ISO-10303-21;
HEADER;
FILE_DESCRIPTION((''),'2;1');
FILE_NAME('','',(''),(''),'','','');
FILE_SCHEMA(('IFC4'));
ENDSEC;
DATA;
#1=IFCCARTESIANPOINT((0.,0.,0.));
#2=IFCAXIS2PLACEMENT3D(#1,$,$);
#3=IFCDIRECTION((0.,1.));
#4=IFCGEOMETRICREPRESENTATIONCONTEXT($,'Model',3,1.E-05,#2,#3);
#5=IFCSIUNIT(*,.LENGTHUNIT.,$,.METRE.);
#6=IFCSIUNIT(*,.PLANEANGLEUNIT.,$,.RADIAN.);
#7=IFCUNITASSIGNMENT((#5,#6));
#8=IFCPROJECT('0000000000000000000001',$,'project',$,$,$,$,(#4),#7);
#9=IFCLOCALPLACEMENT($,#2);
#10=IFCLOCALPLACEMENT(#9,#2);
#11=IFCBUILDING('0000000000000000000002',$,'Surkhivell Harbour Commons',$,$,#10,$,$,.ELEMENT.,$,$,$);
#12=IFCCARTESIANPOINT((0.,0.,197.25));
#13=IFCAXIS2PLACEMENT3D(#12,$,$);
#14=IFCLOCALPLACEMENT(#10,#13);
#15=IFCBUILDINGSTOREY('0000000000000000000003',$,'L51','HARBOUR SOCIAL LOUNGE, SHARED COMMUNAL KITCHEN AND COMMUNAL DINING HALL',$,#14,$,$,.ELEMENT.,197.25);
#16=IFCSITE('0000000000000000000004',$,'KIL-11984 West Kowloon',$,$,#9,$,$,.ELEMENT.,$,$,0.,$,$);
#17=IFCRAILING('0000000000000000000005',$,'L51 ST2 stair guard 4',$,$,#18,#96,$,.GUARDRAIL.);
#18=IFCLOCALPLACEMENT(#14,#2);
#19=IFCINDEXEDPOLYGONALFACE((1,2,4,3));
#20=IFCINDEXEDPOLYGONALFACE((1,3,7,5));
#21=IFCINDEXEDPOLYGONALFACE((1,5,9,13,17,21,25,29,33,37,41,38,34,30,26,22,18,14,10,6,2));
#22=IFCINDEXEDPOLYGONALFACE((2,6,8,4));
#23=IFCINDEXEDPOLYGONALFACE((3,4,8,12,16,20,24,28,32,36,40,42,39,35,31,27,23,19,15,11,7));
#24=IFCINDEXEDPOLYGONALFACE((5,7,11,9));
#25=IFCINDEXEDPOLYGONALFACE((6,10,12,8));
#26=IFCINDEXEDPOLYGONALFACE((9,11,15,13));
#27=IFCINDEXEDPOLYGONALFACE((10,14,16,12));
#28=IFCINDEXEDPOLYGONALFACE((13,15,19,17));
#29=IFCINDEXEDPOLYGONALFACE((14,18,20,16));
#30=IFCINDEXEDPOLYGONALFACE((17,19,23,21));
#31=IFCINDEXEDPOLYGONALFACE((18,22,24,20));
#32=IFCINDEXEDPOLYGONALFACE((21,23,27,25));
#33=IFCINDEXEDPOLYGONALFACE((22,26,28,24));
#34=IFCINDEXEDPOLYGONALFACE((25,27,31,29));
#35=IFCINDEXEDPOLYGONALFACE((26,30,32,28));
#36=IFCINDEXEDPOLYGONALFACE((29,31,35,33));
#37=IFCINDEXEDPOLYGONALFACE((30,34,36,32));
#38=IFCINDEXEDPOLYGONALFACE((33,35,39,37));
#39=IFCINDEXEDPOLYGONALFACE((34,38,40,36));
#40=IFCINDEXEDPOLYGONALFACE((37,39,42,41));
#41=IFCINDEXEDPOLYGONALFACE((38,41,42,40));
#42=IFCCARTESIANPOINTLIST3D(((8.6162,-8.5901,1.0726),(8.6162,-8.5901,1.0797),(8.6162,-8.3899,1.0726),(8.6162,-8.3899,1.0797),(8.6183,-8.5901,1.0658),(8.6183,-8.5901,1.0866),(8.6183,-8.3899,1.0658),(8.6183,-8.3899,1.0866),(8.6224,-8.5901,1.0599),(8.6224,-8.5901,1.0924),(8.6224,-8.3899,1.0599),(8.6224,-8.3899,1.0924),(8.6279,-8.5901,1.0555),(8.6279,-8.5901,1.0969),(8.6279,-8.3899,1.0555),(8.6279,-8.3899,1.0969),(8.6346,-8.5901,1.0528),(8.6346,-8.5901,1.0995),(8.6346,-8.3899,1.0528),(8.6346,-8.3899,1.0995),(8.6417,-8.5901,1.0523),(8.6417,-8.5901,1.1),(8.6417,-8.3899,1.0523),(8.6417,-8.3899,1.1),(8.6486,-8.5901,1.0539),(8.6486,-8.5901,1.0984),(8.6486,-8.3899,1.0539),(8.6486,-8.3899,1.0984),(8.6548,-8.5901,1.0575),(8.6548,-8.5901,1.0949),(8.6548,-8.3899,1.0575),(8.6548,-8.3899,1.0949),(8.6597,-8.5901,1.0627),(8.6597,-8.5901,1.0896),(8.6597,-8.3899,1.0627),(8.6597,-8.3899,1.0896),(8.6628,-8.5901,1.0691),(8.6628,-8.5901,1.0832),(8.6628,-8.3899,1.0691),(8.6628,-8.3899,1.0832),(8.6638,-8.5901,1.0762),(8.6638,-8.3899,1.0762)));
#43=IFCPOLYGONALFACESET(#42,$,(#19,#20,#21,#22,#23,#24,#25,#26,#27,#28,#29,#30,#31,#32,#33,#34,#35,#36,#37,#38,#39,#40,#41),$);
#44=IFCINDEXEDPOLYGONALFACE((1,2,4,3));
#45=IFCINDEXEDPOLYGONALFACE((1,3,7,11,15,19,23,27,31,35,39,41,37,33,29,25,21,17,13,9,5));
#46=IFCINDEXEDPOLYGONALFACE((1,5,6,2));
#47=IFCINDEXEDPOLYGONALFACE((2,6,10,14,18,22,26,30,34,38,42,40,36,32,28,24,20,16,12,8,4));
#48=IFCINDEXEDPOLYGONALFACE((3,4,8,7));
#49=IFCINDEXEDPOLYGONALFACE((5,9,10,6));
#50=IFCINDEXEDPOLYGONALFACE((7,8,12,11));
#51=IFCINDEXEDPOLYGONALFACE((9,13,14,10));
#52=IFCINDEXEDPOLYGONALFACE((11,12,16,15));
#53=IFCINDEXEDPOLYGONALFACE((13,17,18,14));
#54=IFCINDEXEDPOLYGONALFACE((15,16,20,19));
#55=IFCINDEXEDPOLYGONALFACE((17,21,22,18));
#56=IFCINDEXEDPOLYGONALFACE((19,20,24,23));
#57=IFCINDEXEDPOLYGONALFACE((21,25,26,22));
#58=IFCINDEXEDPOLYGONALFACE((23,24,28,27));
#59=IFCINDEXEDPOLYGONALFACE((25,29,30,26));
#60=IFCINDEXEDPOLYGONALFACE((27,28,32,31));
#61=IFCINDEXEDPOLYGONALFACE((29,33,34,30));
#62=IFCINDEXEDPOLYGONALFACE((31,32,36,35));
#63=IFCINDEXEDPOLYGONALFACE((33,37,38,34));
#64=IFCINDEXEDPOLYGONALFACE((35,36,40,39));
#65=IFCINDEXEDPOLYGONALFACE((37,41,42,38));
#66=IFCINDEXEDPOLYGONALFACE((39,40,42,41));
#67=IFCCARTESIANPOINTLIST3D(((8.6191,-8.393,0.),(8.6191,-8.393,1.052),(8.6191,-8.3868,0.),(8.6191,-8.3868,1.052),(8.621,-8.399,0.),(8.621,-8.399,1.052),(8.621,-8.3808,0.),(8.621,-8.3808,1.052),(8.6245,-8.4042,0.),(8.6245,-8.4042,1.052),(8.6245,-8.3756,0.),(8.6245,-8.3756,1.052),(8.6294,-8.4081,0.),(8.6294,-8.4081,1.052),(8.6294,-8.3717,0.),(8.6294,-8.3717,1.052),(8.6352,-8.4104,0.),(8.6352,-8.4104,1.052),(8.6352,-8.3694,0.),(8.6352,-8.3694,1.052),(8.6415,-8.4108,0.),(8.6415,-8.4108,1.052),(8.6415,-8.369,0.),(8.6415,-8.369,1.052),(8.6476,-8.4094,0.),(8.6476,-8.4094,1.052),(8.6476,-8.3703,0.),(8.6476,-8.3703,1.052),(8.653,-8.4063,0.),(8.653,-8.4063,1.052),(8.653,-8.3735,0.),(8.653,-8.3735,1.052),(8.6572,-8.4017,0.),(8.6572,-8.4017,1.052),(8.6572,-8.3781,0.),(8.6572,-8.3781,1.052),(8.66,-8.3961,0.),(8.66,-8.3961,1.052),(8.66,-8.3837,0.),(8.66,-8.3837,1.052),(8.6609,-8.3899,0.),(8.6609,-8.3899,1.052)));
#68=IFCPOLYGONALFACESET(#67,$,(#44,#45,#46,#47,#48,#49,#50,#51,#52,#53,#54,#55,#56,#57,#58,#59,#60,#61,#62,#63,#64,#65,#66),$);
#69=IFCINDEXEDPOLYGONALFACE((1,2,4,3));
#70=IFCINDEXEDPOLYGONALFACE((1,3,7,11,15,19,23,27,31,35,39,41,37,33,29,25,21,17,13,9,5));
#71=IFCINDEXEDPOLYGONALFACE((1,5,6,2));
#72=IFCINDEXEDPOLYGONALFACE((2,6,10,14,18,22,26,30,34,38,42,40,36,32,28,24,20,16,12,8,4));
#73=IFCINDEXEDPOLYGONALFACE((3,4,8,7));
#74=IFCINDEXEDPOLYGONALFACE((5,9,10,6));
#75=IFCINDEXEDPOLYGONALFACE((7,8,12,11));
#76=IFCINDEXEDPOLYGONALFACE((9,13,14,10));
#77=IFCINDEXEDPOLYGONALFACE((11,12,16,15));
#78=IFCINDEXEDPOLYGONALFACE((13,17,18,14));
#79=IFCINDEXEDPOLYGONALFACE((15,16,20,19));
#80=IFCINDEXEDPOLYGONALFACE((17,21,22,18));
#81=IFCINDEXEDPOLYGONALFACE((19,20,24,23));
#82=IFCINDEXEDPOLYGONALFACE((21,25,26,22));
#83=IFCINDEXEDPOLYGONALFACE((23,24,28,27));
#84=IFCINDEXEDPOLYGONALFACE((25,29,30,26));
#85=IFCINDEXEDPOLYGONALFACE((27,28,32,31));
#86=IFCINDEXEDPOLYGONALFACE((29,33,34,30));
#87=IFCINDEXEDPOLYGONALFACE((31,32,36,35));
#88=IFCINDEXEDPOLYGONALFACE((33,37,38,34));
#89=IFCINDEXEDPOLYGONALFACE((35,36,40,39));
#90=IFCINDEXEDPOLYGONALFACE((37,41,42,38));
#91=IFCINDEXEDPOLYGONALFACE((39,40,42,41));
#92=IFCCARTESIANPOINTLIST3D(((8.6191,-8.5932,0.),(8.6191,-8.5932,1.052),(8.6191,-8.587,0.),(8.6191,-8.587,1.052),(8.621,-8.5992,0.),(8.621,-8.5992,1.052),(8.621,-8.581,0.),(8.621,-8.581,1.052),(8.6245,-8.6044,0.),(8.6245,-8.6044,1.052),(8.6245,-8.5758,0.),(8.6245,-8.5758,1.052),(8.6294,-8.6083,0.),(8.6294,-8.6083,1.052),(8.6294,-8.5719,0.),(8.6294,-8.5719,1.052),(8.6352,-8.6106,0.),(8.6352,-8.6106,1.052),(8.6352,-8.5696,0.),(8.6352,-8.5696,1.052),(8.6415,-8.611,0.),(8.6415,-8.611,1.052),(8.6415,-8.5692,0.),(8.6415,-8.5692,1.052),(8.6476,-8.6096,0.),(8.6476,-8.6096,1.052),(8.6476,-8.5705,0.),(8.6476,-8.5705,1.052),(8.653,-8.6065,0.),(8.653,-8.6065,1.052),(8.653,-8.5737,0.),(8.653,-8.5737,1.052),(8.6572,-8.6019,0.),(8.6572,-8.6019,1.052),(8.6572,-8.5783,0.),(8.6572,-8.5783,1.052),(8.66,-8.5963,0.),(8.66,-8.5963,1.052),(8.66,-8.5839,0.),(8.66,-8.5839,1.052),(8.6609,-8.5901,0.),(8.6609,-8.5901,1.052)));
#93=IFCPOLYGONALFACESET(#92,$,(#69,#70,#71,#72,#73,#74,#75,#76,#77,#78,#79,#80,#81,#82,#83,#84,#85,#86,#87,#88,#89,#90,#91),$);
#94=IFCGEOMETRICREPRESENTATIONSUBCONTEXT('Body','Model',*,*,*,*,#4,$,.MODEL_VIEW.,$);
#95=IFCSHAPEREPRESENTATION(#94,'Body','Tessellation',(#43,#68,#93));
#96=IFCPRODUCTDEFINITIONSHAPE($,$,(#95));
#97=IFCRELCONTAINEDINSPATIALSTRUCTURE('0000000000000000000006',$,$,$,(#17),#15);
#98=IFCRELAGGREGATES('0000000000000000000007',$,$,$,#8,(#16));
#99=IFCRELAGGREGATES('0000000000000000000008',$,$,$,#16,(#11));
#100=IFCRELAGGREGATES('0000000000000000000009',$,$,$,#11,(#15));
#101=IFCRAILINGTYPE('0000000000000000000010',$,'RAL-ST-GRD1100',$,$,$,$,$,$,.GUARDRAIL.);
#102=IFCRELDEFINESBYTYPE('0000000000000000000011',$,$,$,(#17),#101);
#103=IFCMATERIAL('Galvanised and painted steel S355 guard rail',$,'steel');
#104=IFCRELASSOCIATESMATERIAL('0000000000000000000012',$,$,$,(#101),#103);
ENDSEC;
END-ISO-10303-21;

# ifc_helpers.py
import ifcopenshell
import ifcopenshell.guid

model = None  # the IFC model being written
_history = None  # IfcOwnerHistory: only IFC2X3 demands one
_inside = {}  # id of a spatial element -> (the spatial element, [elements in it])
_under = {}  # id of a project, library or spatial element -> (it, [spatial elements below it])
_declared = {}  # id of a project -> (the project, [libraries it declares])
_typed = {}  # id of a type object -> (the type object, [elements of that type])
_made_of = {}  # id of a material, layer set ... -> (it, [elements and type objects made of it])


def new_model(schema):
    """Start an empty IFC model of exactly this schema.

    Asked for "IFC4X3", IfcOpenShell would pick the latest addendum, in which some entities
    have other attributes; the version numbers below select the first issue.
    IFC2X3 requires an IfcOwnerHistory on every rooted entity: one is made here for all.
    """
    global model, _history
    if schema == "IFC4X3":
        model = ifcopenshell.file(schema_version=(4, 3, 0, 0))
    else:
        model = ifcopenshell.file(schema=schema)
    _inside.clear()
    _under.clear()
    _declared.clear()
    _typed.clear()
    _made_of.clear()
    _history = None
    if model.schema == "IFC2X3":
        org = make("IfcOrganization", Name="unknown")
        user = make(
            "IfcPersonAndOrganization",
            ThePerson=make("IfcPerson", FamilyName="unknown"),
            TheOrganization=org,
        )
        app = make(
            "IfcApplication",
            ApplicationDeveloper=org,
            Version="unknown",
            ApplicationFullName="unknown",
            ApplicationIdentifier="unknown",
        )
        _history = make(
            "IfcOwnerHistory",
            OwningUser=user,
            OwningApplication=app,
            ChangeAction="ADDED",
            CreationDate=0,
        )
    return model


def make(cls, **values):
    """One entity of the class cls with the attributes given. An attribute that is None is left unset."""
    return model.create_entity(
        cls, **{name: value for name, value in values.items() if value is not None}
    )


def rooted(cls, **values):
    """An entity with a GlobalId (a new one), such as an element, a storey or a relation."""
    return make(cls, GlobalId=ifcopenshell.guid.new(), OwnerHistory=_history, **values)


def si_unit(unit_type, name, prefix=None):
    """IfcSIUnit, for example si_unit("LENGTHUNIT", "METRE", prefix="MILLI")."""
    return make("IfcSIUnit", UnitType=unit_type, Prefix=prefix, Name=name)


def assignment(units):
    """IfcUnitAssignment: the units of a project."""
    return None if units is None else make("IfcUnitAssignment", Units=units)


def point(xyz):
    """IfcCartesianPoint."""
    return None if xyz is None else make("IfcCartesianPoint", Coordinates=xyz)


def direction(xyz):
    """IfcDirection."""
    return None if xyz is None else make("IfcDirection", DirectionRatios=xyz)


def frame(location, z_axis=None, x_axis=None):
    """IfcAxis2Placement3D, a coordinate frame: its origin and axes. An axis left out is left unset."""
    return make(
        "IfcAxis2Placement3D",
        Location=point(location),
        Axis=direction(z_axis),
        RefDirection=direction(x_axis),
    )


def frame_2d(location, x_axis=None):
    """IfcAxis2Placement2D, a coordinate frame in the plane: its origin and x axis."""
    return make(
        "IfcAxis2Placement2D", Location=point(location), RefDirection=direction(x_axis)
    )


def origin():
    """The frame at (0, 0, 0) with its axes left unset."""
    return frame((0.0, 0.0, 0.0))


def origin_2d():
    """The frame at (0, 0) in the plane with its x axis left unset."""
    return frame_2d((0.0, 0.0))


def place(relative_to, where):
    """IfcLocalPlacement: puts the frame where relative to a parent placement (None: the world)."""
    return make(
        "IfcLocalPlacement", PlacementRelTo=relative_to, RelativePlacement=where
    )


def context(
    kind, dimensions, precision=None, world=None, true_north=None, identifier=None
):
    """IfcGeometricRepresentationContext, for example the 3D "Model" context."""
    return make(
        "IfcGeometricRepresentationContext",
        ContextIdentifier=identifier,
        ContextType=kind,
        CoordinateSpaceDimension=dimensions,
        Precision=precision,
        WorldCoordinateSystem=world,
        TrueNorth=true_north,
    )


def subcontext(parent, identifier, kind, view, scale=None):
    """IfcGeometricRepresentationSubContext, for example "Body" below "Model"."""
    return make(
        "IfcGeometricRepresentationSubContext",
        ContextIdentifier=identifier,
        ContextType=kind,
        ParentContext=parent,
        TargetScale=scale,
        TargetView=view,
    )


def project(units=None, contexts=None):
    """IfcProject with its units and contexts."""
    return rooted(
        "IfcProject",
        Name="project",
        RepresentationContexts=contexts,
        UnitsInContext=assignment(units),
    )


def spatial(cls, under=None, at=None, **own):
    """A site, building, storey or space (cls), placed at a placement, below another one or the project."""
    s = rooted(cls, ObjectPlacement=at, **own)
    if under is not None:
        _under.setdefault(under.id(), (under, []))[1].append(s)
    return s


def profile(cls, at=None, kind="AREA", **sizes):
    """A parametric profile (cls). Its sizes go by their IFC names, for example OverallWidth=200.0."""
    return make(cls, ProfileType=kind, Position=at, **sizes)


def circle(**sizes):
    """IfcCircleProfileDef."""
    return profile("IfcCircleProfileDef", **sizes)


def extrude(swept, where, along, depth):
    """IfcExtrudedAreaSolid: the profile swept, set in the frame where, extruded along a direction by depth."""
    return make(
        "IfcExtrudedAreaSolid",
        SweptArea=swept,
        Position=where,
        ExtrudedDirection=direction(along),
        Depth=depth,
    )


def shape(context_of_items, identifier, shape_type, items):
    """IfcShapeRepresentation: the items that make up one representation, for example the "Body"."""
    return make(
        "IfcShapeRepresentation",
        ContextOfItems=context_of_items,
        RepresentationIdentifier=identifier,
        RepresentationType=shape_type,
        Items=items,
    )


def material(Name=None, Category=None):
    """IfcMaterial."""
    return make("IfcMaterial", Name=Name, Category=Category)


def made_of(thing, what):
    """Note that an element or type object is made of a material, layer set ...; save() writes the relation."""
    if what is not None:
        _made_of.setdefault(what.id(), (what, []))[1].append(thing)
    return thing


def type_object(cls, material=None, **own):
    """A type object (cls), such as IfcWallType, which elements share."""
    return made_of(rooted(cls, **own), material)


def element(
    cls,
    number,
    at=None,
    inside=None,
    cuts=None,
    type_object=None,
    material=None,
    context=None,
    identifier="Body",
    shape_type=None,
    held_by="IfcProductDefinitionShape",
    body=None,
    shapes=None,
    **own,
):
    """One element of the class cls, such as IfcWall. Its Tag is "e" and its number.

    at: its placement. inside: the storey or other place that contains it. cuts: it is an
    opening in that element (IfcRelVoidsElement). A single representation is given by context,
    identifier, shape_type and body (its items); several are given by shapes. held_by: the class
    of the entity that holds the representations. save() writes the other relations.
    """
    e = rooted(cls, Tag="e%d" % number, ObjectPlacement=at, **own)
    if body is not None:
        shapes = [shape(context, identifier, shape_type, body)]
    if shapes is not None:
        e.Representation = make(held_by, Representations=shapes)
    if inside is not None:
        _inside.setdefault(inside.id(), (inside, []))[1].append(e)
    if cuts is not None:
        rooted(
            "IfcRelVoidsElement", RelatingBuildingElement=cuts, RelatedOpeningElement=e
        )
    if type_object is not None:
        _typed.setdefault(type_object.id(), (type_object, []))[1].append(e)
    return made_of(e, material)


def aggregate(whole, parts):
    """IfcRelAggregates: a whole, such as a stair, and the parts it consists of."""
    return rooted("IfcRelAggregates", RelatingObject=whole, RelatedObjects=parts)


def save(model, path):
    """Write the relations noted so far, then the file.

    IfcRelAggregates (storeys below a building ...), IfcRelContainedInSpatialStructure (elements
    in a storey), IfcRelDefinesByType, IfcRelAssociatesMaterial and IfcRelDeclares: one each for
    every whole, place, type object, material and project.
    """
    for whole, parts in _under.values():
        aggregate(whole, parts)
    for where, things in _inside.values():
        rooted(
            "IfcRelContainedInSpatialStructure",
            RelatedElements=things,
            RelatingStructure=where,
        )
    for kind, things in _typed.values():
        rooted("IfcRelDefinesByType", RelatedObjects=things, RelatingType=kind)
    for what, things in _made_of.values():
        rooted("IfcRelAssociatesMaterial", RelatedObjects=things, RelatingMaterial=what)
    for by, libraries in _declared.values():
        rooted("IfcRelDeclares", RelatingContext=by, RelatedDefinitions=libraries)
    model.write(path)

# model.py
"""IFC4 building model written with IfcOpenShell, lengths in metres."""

from ifc_helpers import new_model, si_unit, direction, frame, origin, origin_2d, place, context, subcontext, project, spatial, circle, extrude, material, type_object, element, save


model = new_model("IFC4")

# Units and contexts
model_context = context("Model", 3, precision=1e-05, world=origin(), true_north=direction((0.0, 1.0)))
body_context = subcontext(model_context, "Body", "Model", "MODEL_VIEW")
ifc_project = project(units=[si_unit("LENGTHUNIT", "METRE"), si_unit("PLANEANGLEUNIT", "RADIAN")], contexts=[model_context])

# Site, building, storey
site_placement = place(None, origin())
site = spatial("IfcSite", under=ifc_project, at=site_placement, Name="KIL-11984 West Kowloon", CompositionType="ELEMENT", RefElevation=0.0)
building_placement = place(site_placement, origin())
building = spatial("IfcBuilding", under=site, at=building_placement, Name="Surkhivell Harbour Commons", CompositionType="ELEMENT")
storey_placement = place(building_placement, frame((0.0, 0.0, 197.25)))
storey = spatial("IfcBuildingStorey", under=building, at=storey_placement, Name="L51", Description="HARBOUR SOCIAL LOUNGE, SHARED COMMUNAL KITCHEN AND COMMUNAL DINING HALL", CompositionType="ELEMENT", Elevation=197.25)

# Railing
ifc_material_1 = material(Name="Galvanised and painted steel S355 guard rail", Category="steel")
railing_type_1 = type_object("IfcRailingType", Name="RAL-ST-GRD1100", PredefinedType="GUARDRAIL", material=ifc_material_1)
railing_1_placement = place(storey_placement, frame((8.6399, -8.3899, 0.0)))
element("IfcRailing", 1, at=railing_1_placement, inside=storey, type_object=railing_type_1, Name="L51 ST2 stair guard 4", PredefinedType="GUARDRAIL", context=body_context, shape_type="SweptSolid", body=[
    extrude(circle(Radius=0.0239, at=origin_2d()), frame((0.0, 0.0, 1.0762), z_axis=(0.0, -1.0, 0.0), x_axis=(1.0, 0.0, 0.0)), (0.0, 0.0, 1.0), 0.2002),
    extrude(circle(Radius=0.021, at=origin_2d()), origin(), (0.0, 0.0, 1.0), 1.052),
    extrude(circle(Radius=0.021, at=origin_2d()), frame((0.0, -0.2002, 0.0)), (0.0, 0.0, 1.0), 1.052),
])

save(model, "model.ifc")
